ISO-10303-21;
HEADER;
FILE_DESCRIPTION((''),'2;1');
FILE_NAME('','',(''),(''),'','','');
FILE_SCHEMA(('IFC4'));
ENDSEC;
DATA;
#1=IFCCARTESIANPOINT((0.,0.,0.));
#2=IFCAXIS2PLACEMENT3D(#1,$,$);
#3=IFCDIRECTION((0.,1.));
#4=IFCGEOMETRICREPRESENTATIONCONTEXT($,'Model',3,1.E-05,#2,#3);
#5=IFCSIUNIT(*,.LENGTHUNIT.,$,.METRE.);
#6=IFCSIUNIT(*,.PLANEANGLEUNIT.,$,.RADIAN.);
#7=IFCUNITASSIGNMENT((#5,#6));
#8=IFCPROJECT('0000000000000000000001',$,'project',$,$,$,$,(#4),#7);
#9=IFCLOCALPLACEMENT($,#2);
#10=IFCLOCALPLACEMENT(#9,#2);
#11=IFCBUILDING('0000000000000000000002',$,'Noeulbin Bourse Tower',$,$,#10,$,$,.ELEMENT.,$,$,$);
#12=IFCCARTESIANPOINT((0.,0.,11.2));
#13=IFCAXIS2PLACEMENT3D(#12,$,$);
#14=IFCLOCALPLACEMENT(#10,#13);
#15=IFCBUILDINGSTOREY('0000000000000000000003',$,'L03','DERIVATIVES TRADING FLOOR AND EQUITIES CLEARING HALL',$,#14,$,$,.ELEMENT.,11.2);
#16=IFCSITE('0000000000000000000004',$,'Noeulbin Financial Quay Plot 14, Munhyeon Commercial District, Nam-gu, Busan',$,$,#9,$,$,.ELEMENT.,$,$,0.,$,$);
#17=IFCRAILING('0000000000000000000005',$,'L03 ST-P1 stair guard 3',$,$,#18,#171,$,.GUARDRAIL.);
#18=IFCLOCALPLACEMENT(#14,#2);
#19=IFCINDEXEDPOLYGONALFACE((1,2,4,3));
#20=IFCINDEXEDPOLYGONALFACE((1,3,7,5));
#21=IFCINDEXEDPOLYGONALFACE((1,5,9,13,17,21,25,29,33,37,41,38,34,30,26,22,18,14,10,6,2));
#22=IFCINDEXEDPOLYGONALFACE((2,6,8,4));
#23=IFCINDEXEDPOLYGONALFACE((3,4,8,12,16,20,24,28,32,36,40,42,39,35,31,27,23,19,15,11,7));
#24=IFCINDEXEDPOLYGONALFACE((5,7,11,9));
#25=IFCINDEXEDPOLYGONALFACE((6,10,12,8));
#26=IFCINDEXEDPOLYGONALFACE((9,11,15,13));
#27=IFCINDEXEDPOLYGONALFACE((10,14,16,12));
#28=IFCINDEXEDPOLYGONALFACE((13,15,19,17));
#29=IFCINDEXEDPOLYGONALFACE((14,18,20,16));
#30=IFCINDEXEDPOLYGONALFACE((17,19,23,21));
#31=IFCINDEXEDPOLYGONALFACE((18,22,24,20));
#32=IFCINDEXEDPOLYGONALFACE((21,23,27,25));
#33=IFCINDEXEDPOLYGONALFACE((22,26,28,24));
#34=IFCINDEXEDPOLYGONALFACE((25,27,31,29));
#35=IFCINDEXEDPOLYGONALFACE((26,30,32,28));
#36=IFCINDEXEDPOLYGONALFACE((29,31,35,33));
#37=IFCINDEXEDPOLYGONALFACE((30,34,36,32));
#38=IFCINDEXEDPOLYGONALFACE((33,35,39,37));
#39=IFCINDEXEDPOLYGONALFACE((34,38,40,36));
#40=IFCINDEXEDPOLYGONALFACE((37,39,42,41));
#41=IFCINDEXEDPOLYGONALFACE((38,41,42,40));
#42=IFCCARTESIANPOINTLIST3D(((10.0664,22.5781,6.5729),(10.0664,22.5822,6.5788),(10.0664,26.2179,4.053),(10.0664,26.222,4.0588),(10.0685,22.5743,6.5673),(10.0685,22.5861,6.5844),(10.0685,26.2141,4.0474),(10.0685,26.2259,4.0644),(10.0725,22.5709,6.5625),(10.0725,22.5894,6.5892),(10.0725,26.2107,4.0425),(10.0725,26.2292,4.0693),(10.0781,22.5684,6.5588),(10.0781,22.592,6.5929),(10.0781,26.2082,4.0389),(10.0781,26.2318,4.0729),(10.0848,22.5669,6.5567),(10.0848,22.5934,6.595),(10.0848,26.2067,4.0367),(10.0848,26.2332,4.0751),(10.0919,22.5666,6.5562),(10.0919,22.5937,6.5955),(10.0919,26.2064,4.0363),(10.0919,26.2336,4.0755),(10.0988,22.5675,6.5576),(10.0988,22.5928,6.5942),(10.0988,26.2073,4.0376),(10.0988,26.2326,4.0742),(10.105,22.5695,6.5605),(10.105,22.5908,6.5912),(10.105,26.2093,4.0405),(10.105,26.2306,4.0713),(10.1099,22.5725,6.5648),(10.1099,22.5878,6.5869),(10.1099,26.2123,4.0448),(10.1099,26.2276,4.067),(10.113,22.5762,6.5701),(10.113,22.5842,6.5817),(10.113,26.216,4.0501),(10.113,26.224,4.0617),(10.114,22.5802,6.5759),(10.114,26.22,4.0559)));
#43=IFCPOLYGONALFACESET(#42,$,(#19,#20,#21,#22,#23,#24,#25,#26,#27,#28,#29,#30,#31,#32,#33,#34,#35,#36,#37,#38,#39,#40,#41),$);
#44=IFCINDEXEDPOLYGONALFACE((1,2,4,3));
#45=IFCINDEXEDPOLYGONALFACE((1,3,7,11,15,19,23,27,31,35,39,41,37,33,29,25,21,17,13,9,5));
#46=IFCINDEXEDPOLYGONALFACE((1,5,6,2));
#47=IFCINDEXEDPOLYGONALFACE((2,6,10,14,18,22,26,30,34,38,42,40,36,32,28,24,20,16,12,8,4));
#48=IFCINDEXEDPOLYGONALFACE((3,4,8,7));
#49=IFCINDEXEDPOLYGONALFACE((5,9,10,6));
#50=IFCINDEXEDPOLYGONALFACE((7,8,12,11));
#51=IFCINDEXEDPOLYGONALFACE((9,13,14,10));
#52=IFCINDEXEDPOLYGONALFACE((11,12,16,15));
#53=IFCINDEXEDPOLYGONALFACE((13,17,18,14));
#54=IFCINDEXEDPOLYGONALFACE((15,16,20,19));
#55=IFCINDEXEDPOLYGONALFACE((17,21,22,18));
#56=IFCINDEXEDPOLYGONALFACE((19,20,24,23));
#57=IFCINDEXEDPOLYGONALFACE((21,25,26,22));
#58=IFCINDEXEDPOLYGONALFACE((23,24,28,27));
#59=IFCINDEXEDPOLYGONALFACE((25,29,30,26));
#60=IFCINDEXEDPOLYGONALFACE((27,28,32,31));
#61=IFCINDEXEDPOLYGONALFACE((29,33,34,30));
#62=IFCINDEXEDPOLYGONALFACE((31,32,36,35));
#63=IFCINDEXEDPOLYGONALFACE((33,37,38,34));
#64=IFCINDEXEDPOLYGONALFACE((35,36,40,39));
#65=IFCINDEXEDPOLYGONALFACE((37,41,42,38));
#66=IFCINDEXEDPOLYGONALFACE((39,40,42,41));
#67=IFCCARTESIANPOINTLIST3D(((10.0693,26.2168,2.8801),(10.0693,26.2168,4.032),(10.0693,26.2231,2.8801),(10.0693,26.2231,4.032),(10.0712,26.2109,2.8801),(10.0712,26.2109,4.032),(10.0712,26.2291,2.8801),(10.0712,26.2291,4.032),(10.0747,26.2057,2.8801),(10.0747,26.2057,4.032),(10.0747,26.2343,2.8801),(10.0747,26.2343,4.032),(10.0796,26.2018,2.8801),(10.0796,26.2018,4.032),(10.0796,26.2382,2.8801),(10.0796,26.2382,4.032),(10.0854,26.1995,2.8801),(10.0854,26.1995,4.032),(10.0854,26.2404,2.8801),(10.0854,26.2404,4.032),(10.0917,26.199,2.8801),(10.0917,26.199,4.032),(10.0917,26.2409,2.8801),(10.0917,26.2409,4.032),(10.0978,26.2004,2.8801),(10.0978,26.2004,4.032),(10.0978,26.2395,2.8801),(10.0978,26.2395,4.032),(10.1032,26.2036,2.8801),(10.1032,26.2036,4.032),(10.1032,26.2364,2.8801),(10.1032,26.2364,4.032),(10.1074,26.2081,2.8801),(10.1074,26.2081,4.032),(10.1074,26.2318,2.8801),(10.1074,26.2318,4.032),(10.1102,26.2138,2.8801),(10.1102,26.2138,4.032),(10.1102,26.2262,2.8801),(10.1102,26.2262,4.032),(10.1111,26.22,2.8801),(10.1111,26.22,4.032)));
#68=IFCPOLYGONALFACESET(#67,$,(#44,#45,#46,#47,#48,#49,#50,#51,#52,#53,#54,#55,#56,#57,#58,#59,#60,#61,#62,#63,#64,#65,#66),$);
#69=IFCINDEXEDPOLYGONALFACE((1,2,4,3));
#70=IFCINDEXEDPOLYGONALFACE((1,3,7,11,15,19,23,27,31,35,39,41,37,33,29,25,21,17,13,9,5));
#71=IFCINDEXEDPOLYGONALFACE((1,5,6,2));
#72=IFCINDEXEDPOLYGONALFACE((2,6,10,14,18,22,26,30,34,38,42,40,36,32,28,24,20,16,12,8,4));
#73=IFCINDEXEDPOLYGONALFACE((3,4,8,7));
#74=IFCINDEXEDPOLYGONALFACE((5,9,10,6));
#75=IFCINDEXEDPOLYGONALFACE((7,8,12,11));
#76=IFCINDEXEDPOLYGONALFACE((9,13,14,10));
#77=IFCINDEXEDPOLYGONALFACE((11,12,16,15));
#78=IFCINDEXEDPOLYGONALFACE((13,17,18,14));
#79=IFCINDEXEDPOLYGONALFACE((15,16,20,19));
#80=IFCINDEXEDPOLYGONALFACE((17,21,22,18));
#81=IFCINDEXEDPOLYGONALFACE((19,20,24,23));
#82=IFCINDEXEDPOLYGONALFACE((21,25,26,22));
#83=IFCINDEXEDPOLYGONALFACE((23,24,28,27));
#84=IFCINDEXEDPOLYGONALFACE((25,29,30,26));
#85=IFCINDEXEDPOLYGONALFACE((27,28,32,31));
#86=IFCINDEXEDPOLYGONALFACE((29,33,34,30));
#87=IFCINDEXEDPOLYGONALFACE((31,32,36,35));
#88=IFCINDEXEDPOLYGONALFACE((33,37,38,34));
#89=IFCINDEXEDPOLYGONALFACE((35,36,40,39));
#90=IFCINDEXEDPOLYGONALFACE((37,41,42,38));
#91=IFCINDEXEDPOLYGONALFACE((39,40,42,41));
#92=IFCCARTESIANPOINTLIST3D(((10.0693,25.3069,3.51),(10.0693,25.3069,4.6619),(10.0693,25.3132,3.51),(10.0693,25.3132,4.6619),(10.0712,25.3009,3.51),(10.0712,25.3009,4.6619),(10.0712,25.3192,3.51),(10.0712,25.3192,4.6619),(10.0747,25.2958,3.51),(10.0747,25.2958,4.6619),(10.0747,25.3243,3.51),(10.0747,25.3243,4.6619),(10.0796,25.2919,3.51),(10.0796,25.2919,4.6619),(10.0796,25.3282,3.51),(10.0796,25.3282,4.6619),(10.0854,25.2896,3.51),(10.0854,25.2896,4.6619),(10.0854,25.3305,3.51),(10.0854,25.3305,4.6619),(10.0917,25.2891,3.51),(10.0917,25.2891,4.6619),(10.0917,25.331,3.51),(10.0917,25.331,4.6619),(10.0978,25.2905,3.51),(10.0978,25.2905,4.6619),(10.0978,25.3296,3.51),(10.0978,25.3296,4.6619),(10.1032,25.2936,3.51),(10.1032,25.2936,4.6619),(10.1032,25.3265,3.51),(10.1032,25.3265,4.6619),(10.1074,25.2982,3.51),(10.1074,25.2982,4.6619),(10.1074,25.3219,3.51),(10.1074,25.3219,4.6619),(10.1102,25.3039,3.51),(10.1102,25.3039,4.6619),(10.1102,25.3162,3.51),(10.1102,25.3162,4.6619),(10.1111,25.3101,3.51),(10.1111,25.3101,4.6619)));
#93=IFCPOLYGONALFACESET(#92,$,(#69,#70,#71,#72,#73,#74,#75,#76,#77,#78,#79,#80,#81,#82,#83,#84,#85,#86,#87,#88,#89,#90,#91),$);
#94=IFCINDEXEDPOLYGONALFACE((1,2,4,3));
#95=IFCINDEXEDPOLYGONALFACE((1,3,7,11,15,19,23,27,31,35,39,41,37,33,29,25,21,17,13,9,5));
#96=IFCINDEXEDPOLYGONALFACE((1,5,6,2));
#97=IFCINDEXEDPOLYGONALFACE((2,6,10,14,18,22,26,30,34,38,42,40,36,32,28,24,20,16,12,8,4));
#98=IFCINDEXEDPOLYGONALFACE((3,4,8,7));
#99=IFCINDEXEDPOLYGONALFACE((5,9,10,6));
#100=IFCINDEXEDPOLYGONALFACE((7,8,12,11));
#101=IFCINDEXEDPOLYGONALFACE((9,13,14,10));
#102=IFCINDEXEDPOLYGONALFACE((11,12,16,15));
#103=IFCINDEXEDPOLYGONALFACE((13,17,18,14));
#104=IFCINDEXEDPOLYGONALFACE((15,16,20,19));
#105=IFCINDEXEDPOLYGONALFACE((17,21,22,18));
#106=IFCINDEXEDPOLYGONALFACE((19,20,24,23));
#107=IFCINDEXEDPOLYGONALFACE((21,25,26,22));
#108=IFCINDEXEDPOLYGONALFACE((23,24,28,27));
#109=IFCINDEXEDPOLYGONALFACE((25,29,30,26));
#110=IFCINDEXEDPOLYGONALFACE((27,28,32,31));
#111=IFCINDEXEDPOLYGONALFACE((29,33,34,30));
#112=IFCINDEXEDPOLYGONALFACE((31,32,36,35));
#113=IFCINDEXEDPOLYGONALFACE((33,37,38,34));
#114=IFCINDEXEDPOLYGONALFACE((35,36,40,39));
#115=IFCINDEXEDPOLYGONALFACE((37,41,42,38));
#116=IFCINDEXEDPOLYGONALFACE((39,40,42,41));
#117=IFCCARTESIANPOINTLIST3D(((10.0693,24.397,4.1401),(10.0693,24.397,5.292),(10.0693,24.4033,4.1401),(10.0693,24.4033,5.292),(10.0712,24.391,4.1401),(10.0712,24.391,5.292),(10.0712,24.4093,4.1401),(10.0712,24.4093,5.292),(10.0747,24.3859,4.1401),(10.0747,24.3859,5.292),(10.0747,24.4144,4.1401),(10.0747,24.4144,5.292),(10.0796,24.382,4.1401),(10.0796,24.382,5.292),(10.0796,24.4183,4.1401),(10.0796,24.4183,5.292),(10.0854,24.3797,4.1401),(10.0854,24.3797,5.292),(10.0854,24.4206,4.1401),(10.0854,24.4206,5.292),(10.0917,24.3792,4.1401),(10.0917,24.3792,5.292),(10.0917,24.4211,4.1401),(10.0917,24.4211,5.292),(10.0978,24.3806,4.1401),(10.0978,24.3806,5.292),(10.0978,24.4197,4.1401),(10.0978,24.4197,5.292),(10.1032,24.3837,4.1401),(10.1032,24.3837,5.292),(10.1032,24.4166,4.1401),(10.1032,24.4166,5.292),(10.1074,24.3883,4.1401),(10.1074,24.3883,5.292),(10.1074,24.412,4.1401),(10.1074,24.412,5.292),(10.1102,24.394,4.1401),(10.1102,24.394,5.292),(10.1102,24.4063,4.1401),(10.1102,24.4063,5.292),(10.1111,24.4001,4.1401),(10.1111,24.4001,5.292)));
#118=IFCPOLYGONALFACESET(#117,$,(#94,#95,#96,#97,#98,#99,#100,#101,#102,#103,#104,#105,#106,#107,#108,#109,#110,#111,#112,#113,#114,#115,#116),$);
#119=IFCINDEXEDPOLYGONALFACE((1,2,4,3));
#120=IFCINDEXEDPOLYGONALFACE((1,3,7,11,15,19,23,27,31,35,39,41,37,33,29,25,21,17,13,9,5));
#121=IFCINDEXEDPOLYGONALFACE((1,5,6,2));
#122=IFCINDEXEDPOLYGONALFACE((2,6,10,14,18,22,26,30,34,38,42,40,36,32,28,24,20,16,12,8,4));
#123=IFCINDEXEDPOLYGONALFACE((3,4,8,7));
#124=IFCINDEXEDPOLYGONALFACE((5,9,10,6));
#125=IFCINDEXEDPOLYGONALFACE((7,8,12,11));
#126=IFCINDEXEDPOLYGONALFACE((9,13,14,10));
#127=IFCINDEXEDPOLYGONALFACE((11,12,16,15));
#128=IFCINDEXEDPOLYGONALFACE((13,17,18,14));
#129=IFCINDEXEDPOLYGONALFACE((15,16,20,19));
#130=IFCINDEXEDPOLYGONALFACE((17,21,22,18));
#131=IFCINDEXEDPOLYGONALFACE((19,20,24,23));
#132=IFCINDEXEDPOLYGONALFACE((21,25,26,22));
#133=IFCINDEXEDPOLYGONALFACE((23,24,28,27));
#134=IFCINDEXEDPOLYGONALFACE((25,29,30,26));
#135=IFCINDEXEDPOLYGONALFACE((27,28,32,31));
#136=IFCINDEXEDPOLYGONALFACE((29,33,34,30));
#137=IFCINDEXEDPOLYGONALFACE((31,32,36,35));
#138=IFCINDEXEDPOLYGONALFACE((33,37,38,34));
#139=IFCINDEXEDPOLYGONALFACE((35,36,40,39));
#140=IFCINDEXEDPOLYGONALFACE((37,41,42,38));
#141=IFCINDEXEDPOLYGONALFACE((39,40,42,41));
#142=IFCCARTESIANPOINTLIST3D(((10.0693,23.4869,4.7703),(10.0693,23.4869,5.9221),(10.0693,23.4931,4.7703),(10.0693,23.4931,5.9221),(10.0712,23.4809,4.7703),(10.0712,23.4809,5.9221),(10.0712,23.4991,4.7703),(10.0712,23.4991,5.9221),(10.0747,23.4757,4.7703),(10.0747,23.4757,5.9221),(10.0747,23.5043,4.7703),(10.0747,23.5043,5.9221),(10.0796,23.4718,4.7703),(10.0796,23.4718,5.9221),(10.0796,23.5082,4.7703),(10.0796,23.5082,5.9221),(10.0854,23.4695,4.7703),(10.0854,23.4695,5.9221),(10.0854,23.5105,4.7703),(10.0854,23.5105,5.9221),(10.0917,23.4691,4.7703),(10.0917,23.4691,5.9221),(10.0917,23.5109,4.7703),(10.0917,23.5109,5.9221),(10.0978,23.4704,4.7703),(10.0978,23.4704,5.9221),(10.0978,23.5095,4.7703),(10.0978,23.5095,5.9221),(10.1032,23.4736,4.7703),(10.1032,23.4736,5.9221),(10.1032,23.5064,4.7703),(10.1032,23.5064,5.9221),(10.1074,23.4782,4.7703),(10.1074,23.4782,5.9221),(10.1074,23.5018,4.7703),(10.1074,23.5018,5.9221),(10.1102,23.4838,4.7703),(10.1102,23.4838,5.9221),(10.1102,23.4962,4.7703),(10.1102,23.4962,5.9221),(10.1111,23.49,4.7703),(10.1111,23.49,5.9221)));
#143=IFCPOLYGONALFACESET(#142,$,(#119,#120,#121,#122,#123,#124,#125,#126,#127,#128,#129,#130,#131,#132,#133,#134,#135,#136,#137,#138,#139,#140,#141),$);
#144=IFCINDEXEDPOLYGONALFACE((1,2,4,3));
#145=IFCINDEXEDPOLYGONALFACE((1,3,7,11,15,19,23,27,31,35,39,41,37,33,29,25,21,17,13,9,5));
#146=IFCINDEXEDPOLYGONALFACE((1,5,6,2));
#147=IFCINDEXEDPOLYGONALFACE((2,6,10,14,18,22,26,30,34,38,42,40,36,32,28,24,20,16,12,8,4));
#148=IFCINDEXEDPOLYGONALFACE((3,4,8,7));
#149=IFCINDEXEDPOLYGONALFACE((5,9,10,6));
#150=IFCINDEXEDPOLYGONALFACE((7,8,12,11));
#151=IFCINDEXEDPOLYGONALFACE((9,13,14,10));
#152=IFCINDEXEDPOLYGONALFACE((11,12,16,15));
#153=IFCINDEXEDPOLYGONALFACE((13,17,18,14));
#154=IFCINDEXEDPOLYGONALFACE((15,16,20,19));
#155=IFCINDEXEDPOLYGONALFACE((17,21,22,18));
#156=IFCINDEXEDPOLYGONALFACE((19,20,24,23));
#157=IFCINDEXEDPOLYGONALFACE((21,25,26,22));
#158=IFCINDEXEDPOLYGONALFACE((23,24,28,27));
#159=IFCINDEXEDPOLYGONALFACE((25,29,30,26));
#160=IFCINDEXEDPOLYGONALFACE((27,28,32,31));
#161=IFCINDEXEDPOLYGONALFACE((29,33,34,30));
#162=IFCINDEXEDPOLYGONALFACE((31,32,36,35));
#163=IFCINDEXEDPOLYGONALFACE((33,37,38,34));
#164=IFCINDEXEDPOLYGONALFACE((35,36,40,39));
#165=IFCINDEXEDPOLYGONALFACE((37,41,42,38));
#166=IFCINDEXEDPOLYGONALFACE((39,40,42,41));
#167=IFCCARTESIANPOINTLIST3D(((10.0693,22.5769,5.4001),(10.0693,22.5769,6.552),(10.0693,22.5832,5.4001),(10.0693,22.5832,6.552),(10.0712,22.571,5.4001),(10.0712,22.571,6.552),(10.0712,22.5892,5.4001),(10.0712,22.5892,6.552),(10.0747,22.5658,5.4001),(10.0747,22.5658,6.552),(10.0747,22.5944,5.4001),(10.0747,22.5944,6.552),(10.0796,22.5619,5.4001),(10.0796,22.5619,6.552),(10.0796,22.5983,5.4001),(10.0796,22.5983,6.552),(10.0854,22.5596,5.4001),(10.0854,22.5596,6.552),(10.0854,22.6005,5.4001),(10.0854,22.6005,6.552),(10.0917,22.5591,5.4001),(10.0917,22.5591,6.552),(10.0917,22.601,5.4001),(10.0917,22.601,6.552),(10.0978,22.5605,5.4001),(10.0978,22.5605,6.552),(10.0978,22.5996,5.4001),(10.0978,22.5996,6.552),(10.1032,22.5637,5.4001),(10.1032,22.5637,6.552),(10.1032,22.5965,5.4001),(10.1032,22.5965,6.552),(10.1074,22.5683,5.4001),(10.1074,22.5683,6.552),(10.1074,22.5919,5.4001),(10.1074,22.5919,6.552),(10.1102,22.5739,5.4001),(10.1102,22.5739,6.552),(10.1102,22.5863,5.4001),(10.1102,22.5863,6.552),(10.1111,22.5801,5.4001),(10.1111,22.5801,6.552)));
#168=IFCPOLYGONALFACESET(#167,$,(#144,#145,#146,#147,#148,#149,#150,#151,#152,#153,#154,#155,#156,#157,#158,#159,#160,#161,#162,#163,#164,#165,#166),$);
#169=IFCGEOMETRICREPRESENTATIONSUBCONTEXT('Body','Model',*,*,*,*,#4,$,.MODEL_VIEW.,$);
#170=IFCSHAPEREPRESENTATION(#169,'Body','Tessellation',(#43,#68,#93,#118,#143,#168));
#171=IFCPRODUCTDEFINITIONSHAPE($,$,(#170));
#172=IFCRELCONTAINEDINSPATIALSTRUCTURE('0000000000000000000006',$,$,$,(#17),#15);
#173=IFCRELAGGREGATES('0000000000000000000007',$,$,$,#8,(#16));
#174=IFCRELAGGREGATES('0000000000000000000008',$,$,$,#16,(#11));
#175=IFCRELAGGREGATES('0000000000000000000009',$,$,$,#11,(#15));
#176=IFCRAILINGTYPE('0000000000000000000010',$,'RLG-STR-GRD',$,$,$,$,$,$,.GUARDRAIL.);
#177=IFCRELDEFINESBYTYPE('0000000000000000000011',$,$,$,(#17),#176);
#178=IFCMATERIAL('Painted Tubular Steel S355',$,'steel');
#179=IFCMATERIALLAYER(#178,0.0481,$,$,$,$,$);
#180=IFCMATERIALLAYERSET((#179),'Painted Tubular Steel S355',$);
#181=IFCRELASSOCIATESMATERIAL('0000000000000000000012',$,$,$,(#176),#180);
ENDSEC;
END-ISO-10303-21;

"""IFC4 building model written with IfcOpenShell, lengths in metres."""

from ifc_helpers import new_model, si_unit, direction, frame, origin, origin_2d, place, context, subcontext, project, spatial, circle, extrude, material, layer, layer_set, type_object, element, save


model = new_model("IFC4")

# Units and contexts
model_context = context("Model", 3, precision=1e-05, world=origin(), true_north=direction((0.0, 1.0)))
body_context = subcontext(model_context, "Body", "Model", "MODEL_VIEW")
ifc_project = project(units=[si_unit("LENGTHUNIT", "METRE"), si_unit("PLANEANGLEUNIT", "RADIAN")], contexts=[model_context])

# Site, building, storey
site_placement = place(None, origin())
site = spatial("IfcSite", under=ifc_project, at=site_placement, Name="Noeulbin Financial Quay Plot 14, Munhyeon Commercial District, Nam-gu, Busan", CompositionType="ELEMENT", RefElevation=0.0)
building_placement = place(site_placement, origin())
building = spatial("IfcBuilding", under=site, at=building_placement, Name="Noeulbin Bourse Tower", CompositionType="ELEMENT")
storey_placement = place(building_placement, frame((0.0, 0.0, 11.2)))
storey = spatial("IfcBuildingStorey", under=building, at=storey_placement, Name="L03", Description="DERIVATIVES TRADING FLOOR AND EQUITIES CLEARING HALL", CompositionType="ELEMENT", Elevation=11.2)

# Railing
ifc_material_1 = material(Name="Painted Tubular Steel S355", Category="steel")
ifc_layer_1 = layer(ifc_material_1, 0.0481)
ifc_layer_set_1 = layer_set([ifc_layer_1], Name="Painted Tubular Steel S355")
railing_type_1 = type_object("IfcRailingType", Name="RLG-STR-GRD", PredefinedType="GUARDRAIL", material=ifc_layer_set_1)
railing_1_placement = place(storey_placement, frame((10.0901, 26.22, 2.8801)))
element("IfcRailing", 1, at=railing_1_placement, inside=storey, type_object=railing_type_1, Name="L03 ST-P1 stair guard 3", PredefinedType="GUARDRAIL", context=body_context, shape_type="SweptSolid", body=[
    extrude(circle(Radius=0.0239, at=origin_2d()), frame((0.0, 0.0, 1.1758), z_axis=(0.0, -0.822182, 0.569224), x_axis=(1.0, 0.0, 0.0)), (0.0, 0.0, 1.0), 4.427),
    extrude(circle(Radius=0.021, at=origin_2d()), origin(), (0.0, 0.0, 1.0), 1.1519),
    extrude(circle(Radius=0.021, at=origin_2d()), frame((0.0, -0.9099, 0.6299)), (0.0, 0.0, 1.0), 1.1519),
    extrude(circle(Radius=0.021, at=origin_2d()), frame((0.0, -1.8198, 1.26)), (0.0, 0.0, 1.0), 1.1519),
    extrude(circle(Radius=0.021, at=origin_2d()), frame((0.0, -2.73, 1.8901)), (0.0, 0.0, 1.0), 1.1519),
    extrude(circle(Radius=0.021, at=origin_2d()), frame((0.0, -3.6399, 2.52)), (0.0, 0.0, 1.0), 1.1519),
])

save(model, "model.ifc")
